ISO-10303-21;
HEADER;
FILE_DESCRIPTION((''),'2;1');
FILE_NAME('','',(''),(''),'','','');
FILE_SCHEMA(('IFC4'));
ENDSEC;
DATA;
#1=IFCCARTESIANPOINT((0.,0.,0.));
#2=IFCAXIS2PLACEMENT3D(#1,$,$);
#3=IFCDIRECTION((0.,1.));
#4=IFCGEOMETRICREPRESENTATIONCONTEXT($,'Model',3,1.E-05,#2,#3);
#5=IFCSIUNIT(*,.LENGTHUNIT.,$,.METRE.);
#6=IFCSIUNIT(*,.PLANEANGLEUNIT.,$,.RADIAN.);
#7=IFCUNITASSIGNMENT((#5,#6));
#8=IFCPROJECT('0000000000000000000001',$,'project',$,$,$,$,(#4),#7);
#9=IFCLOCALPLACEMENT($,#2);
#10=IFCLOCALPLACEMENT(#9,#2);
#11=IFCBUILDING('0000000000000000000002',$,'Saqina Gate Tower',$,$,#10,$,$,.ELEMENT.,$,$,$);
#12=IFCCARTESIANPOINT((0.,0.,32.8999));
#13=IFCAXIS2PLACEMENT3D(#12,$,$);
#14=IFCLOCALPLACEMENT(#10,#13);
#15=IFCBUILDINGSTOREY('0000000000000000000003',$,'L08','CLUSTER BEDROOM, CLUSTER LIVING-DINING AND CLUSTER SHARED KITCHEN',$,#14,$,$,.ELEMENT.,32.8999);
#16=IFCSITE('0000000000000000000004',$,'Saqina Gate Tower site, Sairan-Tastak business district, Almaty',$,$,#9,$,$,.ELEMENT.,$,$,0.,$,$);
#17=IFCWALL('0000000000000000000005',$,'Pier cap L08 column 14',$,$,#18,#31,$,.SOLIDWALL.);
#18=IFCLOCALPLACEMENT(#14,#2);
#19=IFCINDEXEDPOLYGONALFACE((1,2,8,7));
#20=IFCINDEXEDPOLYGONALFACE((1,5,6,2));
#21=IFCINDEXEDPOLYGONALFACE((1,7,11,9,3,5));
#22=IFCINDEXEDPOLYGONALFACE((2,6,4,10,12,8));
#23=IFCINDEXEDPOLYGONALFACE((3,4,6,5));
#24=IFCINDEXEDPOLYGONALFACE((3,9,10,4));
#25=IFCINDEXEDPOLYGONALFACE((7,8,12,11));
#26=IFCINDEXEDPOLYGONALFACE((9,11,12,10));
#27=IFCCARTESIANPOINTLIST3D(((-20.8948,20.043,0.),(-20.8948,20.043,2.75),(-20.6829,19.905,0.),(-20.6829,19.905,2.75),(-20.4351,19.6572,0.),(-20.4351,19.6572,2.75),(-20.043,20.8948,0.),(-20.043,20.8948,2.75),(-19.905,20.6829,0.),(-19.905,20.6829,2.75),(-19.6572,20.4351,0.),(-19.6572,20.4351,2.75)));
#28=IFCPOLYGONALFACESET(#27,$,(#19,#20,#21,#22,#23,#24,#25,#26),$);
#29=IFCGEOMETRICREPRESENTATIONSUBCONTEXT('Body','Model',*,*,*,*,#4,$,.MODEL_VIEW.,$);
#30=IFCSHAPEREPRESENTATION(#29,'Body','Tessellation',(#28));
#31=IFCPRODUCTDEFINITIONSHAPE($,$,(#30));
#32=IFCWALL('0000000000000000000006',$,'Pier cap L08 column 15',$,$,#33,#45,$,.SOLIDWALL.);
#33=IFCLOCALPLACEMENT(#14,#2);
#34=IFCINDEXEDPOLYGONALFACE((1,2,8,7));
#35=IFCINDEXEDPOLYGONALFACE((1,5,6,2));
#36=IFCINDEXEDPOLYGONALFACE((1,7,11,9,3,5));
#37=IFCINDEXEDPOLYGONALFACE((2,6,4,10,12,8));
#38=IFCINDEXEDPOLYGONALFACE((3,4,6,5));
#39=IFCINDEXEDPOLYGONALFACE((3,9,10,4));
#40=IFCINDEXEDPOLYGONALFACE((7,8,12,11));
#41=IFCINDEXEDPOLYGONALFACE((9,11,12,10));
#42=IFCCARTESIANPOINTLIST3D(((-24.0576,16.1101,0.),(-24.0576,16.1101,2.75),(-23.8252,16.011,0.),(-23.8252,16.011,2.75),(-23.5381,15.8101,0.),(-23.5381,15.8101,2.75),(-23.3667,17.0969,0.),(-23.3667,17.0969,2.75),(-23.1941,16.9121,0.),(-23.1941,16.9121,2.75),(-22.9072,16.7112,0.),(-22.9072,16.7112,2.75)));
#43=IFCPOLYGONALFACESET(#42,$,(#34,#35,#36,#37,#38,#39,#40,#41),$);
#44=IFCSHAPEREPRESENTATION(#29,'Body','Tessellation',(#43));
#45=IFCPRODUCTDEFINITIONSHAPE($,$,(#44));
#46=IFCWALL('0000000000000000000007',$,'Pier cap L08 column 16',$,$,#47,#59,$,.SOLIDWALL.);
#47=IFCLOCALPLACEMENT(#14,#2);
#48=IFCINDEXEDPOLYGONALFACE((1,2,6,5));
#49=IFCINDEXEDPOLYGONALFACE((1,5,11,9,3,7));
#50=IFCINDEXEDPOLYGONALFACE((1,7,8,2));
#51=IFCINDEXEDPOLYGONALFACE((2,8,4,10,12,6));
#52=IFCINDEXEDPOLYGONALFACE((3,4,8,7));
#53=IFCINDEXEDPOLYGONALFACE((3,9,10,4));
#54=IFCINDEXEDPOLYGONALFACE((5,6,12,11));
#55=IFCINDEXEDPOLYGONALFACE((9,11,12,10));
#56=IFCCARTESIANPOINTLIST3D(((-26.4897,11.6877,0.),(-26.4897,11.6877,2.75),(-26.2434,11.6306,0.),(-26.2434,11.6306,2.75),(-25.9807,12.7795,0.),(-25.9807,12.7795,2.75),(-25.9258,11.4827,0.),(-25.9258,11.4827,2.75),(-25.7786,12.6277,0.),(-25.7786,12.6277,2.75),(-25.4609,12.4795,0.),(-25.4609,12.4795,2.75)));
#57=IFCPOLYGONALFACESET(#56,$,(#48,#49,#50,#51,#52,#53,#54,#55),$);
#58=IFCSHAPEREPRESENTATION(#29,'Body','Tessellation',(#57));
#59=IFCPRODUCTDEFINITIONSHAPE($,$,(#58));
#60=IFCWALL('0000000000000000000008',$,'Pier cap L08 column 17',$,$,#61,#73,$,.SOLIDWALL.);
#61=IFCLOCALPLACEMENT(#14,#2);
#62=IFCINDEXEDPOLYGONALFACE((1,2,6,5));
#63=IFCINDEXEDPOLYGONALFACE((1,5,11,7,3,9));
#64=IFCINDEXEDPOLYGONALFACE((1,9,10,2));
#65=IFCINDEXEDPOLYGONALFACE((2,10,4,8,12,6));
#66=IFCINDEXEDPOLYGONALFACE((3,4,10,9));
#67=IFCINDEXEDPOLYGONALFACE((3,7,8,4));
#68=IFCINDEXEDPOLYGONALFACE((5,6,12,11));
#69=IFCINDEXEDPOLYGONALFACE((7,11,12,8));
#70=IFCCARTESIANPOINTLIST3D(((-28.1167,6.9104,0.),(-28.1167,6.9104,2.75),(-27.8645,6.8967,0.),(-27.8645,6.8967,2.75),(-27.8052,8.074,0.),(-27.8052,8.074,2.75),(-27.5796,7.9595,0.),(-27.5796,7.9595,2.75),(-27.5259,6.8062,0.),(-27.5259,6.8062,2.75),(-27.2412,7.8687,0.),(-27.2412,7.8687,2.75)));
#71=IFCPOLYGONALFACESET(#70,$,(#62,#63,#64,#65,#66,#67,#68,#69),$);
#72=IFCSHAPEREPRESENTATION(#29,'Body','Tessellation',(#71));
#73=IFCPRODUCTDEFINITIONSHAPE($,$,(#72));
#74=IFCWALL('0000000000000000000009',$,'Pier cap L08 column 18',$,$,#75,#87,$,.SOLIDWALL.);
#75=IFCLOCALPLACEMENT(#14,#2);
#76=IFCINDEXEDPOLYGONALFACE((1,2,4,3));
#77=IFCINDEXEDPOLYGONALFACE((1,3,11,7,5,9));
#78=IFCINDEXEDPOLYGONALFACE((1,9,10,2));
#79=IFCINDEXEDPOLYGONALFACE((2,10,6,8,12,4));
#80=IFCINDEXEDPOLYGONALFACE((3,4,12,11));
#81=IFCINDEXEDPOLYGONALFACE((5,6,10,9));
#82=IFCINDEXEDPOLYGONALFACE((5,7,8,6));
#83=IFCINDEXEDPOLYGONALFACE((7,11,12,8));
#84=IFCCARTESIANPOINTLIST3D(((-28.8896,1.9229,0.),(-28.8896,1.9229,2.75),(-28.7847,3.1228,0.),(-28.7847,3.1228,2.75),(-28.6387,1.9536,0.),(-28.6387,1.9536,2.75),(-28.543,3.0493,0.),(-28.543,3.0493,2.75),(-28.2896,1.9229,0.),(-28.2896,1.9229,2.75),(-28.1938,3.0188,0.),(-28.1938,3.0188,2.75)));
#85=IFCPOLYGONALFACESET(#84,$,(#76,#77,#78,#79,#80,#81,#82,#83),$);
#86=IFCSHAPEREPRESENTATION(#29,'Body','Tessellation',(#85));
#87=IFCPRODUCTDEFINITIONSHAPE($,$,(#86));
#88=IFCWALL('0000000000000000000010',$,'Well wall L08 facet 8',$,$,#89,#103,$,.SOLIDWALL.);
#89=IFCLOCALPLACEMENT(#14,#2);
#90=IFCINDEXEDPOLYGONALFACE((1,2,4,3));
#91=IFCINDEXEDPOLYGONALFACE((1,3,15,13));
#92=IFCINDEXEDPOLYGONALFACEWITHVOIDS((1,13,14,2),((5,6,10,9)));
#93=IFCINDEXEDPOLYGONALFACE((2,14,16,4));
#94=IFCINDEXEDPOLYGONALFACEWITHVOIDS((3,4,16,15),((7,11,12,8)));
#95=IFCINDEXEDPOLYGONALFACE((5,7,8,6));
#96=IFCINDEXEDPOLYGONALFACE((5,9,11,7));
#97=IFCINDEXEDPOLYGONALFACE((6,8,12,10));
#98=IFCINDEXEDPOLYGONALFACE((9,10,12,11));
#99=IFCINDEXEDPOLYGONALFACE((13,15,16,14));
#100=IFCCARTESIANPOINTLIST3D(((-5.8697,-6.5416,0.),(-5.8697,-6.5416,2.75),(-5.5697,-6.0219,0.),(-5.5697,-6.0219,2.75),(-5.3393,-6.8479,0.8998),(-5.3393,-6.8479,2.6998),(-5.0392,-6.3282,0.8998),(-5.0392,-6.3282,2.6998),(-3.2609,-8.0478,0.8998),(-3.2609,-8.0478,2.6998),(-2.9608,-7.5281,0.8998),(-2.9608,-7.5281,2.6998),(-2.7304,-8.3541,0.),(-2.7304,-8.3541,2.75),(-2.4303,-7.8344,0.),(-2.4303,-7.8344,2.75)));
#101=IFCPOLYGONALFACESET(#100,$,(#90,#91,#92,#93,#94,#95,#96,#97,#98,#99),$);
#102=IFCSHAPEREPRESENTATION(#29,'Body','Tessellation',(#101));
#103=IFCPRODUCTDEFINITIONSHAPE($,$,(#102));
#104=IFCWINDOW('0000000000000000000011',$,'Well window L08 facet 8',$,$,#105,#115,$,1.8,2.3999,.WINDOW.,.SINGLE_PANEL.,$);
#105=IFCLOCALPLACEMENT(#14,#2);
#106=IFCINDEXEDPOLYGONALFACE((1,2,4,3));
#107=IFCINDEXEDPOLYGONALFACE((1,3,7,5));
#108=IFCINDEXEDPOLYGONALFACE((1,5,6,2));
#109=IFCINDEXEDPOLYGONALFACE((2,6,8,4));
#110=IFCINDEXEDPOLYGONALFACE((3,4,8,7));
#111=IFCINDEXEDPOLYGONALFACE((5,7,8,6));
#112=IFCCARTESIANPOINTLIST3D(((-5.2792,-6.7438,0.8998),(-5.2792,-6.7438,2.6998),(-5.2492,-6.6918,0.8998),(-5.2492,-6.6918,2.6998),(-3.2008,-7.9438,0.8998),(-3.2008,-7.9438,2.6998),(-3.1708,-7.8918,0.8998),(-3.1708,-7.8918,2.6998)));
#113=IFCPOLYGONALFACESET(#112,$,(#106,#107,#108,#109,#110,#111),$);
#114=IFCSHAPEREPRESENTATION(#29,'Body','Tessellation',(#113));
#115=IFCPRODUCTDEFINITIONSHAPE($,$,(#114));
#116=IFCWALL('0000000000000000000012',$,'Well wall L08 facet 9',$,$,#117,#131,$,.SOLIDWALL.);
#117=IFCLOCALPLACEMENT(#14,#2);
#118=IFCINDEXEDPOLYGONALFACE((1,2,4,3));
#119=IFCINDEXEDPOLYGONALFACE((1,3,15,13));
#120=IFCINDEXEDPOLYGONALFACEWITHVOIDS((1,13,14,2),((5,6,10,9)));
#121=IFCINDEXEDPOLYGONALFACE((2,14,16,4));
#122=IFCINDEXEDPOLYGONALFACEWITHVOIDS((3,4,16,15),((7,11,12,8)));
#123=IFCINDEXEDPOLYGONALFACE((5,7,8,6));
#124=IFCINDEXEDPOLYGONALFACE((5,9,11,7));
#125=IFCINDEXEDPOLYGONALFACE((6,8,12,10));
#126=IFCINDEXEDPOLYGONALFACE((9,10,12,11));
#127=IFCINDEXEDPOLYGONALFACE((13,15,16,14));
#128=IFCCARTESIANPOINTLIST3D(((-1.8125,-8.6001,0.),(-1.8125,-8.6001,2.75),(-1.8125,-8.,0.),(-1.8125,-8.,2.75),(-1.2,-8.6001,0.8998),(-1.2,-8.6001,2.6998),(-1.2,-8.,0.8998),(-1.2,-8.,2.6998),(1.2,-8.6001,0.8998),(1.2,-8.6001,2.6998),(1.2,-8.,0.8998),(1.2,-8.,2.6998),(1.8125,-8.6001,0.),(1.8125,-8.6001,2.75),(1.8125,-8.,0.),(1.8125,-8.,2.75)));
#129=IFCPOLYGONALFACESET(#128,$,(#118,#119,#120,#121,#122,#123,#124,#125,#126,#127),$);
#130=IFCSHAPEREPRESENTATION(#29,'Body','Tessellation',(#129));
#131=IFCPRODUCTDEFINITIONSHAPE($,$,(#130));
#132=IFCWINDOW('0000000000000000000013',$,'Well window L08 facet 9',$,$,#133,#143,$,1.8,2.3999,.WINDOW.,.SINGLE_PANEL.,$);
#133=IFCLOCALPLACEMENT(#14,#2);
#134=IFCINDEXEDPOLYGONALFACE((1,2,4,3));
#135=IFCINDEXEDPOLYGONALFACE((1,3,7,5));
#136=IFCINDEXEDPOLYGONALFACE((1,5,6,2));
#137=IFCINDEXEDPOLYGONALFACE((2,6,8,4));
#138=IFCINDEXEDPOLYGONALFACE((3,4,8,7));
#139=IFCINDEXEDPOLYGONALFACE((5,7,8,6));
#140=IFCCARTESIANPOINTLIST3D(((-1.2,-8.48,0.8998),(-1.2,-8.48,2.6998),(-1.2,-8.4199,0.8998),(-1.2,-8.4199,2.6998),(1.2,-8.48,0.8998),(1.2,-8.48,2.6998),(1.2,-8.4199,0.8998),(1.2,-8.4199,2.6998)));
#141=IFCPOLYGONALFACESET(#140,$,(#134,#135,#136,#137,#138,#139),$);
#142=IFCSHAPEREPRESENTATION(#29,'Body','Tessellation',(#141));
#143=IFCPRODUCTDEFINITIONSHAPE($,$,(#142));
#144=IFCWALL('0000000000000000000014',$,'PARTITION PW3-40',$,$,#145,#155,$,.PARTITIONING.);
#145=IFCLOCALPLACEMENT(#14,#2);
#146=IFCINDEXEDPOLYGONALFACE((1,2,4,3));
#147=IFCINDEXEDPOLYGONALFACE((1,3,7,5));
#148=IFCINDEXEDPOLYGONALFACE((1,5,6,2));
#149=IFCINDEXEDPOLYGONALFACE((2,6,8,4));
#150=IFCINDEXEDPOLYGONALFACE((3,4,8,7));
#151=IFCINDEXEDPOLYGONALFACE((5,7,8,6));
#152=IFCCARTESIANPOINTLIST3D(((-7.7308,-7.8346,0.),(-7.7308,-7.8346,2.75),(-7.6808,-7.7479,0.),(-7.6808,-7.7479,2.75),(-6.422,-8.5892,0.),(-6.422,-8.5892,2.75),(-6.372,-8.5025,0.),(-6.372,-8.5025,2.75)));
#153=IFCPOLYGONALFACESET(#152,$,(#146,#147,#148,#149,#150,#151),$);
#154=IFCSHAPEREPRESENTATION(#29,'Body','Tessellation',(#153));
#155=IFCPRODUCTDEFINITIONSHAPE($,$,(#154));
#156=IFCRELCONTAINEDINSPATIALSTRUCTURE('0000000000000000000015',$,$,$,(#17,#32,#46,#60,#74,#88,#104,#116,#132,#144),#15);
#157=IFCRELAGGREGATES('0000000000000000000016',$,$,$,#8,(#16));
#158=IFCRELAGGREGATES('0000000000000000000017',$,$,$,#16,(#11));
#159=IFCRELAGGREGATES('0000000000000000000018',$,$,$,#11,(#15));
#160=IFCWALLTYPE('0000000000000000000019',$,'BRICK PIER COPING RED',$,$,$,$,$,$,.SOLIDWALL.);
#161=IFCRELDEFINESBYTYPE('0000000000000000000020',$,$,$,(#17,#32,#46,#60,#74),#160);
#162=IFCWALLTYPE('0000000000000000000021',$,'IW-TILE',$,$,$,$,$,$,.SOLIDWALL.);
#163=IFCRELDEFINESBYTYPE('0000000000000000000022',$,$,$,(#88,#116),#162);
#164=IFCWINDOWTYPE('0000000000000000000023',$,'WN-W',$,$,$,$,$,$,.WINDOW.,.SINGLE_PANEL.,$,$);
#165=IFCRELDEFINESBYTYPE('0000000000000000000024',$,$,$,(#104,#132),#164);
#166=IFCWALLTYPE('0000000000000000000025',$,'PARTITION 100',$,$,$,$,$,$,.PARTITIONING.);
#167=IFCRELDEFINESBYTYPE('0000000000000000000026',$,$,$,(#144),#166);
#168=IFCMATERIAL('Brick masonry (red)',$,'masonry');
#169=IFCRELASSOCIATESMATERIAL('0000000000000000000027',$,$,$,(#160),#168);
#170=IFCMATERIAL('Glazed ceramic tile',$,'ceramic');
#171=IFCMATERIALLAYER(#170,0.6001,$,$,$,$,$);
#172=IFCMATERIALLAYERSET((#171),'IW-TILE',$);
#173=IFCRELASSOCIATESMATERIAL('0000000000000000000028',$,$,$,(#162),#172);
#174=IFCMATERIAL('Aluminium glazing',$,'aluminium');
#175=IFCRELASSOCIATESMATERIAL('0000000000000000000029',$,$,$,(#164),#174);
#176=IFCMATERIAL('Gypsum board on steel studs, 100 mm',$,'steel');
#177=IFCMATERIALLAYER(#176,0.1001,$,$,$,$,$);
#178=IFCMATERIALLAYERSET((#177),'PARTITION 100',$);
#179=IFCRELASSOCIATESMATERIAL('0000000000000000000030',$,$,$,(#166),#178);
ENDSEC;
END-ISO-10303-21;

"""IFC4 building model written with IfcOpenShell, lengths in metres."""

from ifc_helpers import new_model, si_unit, direction, frame, frame_2d, origin, place, context, subcontext, project, spatial, polyline, rectangle, outline, extrude, material, layer, layer_set, type_object, element, fill, save


model = new_model("IFC4")

# Units and contexts
model_context = context("Model", 3, precision=1e-05, world=origin(), true_north=direction((0.0, 1.0)))
body_context = subcontext(model_context, "Body", "Model", "MODEL_VIEW")
ifc_project = project(units=[si_unit("LENGTHUNIT", "METRE"), si_unit("PLANEANGLEUNIT", "RADIAN")], contexts=[model_context])

# Site, building, storey
site_placement = place(None, origin())
site = spatial("IfcSite", under=ifc_project, at=site_placement, Name="Saqina Gate Tower site, Sairan-Tastak business district, Almaty", CompositionType="ELEMENT", RefElevation=0.0)
building_placement = place(site_placement, origin())
building = spatial("IfcBuilding", under=site, at=building_placement, Name="Saqina Gate Tower", CompositionType="ELEMENT")
storey_placement = place(building_placement, frame((0.0, 0.0, 32.8999)))
storey = spatial("IfcBuildingStorey", under=building, at=storey_placement, Name="L08", Description="CLUSTER BEDROOM, CLUSTER LIVING-DINING AND CLUSTER SHARED KITCHEN", CompositionType="ELEMENT", Elevation=32.8999)

# Walls
ifc_material_1 = material(Name="Brick masonry (red)", Category="masonry")
wall_type_1 = type_object("IfcWallType", Name="BRICK PIER COPING RED", PredefinedType="SOLIDWALL", material=ifc_material_1)
wall_1_placement = place(storey_placement, origin())
element("IfcWall", 1, at=wall_1_placement, inside=storey, type_object=wall_type_1, Name="Pier cap L08 column 14", PredefinedType="SOLIDWALL", context=body_context, shape_type="SweptSolid", body=[
    extrude(outline(polyline([(-20.8948, 20.043), (-20.4351, 19.6572), (-20.6829, 19.905), (-19.905, 20.6829), (-19.6572, 20.4351), (-20.043, 20.8948), (-20.8948, 20.043)])), origin(), (0.0, 0.0, 1.0), 2.75),
])
wall_2_placement = place(storey_placement, origin())
element("IfcWall", 2, at=wall_2_placement, inside=storey, type_object=wall_type_1, Name="Pier cap L08 column 15", PredefinedType="SOLIDWALL", context=body_context, shape_type="SweptSolid", body=[
    extrude(outline(polyline([(-23.3667, 17.0969), (-24.0576, 16.1101), (-23.5381, 15.8101), (-23.8252, 16.011), (-23.1941, 16.9121), (-22.9072, 16.7112), (-23.3667, 17.0969)])), origin(), (0.0, 0.0, 1.0), 2.75),
])
wall_3_placement = place(storey_placement, origin())
element("IfcWall", 3, at=wall_3_placement, inside=storey, type_object=wall_type_1, Name="Pier cap L08 column 16", PredefinedType="SOLIDWALL", context=body_context, shape_type="SweptSolid", body=[
    extrude(outline(polyline([(-26.4897, 11.6877), (-25.9258, 11.4827), (-26.2434, 11.6306), (-25.7786, 12.6277), (-25.4609, 12.4795), (-25.9807, 12.7795), (-26.4897, 11.6877)])), origin(), (0.0, 0.0, 1.0), 2.75),
])
wall_4_placement = place(storey_placement, origin())
element("IfcWall", 4, at=wall_4_placement, inside=storey, type_object=wall_type_1, Name="Pier cap L08 column 17", PredefinedType="SOLIDWALL", context=body_context, shape_type="SweptSolid", body=[
    extrude(outline(polyline([(-28.1167, 6.9104), (-27.5259, 6.8062), (-27.8645, 6.8967), (-27.5796, 7.9595), (-27.2412, 7.8687), (-27.8052, 8.074), (-28.1167, 6.9104)])), origin(), (0.0, 0.0, 1.0), 2.75),
])
wall_5_placement = place(storey_placement, origin())
element("IfcWall", 5, at=wall_5_placement, inside=storey, type_object=wall_type_1, Name="Pier cap L08 column 18", PredefinedType="SOLIDWALL", context=body_context, shape_type="SweptSolid", body=[
    extrude(outline(polyline([(-28.7847, 3.1228), (-28.8896, 1.9229), (-28.2896, 1.9229), (-28.6387, 1.9536), (-28.543, 3.0493), (-28.1938, 3.0188), (-28.7847, 3.1228)])), origin(), (0.0, 0.0, 1.0), 2.75),
])

# Walls, openings, windows
ifc_material_2 = material(Name="Glazed ceramic tile", Category="ceramic")
ifc_layer_1 = layer(ifc_material_2, 0.6001)
ifc_layer_set_1 = layer_set([ifc_layer_1], Name="IW-TILE")
wall_type_2 = type_object("IfcWallType", Name="IW-TILE", PredefinedType="SOLIDWALL", material=ifc_layer_set_1)
wall_6_placement = place(storey_placement, frame((-5.7197, -6.2817, 0.0), z_axis=(0.0, 0.0, 1.0), x_axis=(0.86603, -0.499993, 0.0)))
wall_6 = element("IfcWall", 6, at=wall_6_placement, inside=storey, type_object=wall_type_2, Name="Well wall L08 facet 8", PredefinedType="SOLIDWALL", context=body_context, shape_type="SweptSolid", body=[
    extrude(rectangle(XDim=3.625, YDim=0.6001, at=frame_2d((1.8125, 0.0))), origin(), (0.0, 0.0, 1.0), 2.75),
])
opening_1_placement = place(wall_6_placement, frame((0.6125, 0.0, 0.8999)))
opening_1 = element("IfcOpeningElement", 7, at=opening_1_placement, cuts=wall_6, PredefinedType="OPENING", context=body_context, shape_type="SweptSolid", body=[
    extrude(rectangle(XDim=2.3999, YDim=1.8, at=frame_2d((1.2, 0.8999))), frame((0.0, 0.312, 0.0), z_axis=(0.0, -1.0, 0.0), x_axis=(1.0, 0.0, 0.0)), (0.0, 0.0, 1.0), 0.624),
])
ifc_material_3 = material(Name="Aluminium glazing", Category="aluminium")
window_type = type_object("IfcWindowType", Name="WN-W", PartitioningType="SINGLE_PANEL", PredefinedType="WINDOW", material=ifc_material_3)
window_1_placement = place(opening_1_placement, origin())
window_1 = element("IfcWindow", 8, at=window_1_placement, inside=storey, type_object=window_type, Name="Well window L08 facet 8", OverallHeight=1.8, OverallWidth=2.3999, PartitioningType="SINGLE_PANEL", PredefinedType="WINDOW", context=body_context, shape_type="SweptSolid", body=[
    extrude(rectangle(XDim=2.3999, YDim=1.8, at=frame_2d((1.2, 0.8999))), frame((0.0, -0.1199, 0.0), z_axis=(0.0, -1.0, 0.0), x_axis=(1.0, 0.0, 0.0)), (0.0, 0.0, 1.0), 0.0601),
])
fill(opening_1, window_1)
wall_7_placement = place(storey_placement, frame((-1.8125, -8.3, 0.0), z_axis=(0.0, 0.0, 1.0), x_axis=(1.0, 0.0, 0.0)))
wall_7 = element("IfcWall", 9, at=wall_7_placement, inside=storey, type_object=wall_type_2, Name="Well wall L08 facet 9", PredefinedType="SOLIDWALL", context=body_context, shape_type="SweptSolid", body=[
    extrude(rectangle(XDim=3.625, YDim=0.6001, at=frame_2d((1.8125, 0.0))), origin(), (0.0, 0.0, 1.0), 2.75),
])
opening_2_placement = place(wall_7_placement, frame((0.6125, 0.0, 0.8999)))
opening_2 = element("IfcOpeningElement", 10, at=opening_2_placement, cuts=wall_7, PredefinedType="OPENING", context=body_context, shape_type="SweptSolid", body=[
    extrude(rectangle(XDim=2.3999, YDim=1.8, at=frame_2d((1.2, 0.8999))), frame((0.0, 0.312, 0.0), z_axis=(0.0, -1.0, 0.0), x_axis=(1.0, 0.0, 0.0)), (0.0, 0.0, 1.0), 0.624),
])
window_2_placement = place(opening_2_placement, origin())
window_2 = element("IfcWindow", 11, at=window_2_placement, inside=storey, type_object=window_type, Name="Well window L08 facet 9", OverallHeight=1.8, OverallWidth=2.3999, PartitioningType="SINGLE_PANEL", PredefinedType="WINDOW", context=body_context, shape_type="SweptSolid", body=[
    extrude(rectangle(XDim=2.3999, YDim=1.8, at=frame_2d((1.2, 0.8999))), frame((0.0, -0.1199, 0.0), z_axis=(0.0, -1.0, 0.0), x_axis=(1.0, 0.0, 0.0)), (0.0, 0.0, 1.0), 0.0601),
])
fill(opening_2, window_2)

# Wall
ifc_material_4 = material(Name="Gypsum board on steel studs, 100 mm", Category="steel")
ifc_layer_2 = layer(ifc_material_4, 0.1001)
ifc_layer_set_2 = layer_set([ifc_layer_2], Name="PARTITION 100")
wall_type_3 = type_object("IfcWallType", Name="PARTITION 100", PredefinedType="PARTITIONING", material=ifc_layer_set_2)
wall_8_placement = place(storey_placement, frame((-7.7058, -7.7913, 0.0), z_axis=(0.0, 0.0, 1.0), x_axis=(0.866317, -0.499494, 0.0)))
element("IfcWall", 12, at=wall_8_placement, inside=storey, type_object=wall_type_3, Name="PARTITION PW3-40", PredefinedType="PARTITIONING", context=body_context, shape_type="SweptSolid", body=[
    extrude(rectangle(XDim=1.5107, YDim=0.1001, at=frame_2d((0.7554, 0.0))), origin(), (0.0, 0.0, 1.0), 2.75),
])

save(model, "model.ifc")
